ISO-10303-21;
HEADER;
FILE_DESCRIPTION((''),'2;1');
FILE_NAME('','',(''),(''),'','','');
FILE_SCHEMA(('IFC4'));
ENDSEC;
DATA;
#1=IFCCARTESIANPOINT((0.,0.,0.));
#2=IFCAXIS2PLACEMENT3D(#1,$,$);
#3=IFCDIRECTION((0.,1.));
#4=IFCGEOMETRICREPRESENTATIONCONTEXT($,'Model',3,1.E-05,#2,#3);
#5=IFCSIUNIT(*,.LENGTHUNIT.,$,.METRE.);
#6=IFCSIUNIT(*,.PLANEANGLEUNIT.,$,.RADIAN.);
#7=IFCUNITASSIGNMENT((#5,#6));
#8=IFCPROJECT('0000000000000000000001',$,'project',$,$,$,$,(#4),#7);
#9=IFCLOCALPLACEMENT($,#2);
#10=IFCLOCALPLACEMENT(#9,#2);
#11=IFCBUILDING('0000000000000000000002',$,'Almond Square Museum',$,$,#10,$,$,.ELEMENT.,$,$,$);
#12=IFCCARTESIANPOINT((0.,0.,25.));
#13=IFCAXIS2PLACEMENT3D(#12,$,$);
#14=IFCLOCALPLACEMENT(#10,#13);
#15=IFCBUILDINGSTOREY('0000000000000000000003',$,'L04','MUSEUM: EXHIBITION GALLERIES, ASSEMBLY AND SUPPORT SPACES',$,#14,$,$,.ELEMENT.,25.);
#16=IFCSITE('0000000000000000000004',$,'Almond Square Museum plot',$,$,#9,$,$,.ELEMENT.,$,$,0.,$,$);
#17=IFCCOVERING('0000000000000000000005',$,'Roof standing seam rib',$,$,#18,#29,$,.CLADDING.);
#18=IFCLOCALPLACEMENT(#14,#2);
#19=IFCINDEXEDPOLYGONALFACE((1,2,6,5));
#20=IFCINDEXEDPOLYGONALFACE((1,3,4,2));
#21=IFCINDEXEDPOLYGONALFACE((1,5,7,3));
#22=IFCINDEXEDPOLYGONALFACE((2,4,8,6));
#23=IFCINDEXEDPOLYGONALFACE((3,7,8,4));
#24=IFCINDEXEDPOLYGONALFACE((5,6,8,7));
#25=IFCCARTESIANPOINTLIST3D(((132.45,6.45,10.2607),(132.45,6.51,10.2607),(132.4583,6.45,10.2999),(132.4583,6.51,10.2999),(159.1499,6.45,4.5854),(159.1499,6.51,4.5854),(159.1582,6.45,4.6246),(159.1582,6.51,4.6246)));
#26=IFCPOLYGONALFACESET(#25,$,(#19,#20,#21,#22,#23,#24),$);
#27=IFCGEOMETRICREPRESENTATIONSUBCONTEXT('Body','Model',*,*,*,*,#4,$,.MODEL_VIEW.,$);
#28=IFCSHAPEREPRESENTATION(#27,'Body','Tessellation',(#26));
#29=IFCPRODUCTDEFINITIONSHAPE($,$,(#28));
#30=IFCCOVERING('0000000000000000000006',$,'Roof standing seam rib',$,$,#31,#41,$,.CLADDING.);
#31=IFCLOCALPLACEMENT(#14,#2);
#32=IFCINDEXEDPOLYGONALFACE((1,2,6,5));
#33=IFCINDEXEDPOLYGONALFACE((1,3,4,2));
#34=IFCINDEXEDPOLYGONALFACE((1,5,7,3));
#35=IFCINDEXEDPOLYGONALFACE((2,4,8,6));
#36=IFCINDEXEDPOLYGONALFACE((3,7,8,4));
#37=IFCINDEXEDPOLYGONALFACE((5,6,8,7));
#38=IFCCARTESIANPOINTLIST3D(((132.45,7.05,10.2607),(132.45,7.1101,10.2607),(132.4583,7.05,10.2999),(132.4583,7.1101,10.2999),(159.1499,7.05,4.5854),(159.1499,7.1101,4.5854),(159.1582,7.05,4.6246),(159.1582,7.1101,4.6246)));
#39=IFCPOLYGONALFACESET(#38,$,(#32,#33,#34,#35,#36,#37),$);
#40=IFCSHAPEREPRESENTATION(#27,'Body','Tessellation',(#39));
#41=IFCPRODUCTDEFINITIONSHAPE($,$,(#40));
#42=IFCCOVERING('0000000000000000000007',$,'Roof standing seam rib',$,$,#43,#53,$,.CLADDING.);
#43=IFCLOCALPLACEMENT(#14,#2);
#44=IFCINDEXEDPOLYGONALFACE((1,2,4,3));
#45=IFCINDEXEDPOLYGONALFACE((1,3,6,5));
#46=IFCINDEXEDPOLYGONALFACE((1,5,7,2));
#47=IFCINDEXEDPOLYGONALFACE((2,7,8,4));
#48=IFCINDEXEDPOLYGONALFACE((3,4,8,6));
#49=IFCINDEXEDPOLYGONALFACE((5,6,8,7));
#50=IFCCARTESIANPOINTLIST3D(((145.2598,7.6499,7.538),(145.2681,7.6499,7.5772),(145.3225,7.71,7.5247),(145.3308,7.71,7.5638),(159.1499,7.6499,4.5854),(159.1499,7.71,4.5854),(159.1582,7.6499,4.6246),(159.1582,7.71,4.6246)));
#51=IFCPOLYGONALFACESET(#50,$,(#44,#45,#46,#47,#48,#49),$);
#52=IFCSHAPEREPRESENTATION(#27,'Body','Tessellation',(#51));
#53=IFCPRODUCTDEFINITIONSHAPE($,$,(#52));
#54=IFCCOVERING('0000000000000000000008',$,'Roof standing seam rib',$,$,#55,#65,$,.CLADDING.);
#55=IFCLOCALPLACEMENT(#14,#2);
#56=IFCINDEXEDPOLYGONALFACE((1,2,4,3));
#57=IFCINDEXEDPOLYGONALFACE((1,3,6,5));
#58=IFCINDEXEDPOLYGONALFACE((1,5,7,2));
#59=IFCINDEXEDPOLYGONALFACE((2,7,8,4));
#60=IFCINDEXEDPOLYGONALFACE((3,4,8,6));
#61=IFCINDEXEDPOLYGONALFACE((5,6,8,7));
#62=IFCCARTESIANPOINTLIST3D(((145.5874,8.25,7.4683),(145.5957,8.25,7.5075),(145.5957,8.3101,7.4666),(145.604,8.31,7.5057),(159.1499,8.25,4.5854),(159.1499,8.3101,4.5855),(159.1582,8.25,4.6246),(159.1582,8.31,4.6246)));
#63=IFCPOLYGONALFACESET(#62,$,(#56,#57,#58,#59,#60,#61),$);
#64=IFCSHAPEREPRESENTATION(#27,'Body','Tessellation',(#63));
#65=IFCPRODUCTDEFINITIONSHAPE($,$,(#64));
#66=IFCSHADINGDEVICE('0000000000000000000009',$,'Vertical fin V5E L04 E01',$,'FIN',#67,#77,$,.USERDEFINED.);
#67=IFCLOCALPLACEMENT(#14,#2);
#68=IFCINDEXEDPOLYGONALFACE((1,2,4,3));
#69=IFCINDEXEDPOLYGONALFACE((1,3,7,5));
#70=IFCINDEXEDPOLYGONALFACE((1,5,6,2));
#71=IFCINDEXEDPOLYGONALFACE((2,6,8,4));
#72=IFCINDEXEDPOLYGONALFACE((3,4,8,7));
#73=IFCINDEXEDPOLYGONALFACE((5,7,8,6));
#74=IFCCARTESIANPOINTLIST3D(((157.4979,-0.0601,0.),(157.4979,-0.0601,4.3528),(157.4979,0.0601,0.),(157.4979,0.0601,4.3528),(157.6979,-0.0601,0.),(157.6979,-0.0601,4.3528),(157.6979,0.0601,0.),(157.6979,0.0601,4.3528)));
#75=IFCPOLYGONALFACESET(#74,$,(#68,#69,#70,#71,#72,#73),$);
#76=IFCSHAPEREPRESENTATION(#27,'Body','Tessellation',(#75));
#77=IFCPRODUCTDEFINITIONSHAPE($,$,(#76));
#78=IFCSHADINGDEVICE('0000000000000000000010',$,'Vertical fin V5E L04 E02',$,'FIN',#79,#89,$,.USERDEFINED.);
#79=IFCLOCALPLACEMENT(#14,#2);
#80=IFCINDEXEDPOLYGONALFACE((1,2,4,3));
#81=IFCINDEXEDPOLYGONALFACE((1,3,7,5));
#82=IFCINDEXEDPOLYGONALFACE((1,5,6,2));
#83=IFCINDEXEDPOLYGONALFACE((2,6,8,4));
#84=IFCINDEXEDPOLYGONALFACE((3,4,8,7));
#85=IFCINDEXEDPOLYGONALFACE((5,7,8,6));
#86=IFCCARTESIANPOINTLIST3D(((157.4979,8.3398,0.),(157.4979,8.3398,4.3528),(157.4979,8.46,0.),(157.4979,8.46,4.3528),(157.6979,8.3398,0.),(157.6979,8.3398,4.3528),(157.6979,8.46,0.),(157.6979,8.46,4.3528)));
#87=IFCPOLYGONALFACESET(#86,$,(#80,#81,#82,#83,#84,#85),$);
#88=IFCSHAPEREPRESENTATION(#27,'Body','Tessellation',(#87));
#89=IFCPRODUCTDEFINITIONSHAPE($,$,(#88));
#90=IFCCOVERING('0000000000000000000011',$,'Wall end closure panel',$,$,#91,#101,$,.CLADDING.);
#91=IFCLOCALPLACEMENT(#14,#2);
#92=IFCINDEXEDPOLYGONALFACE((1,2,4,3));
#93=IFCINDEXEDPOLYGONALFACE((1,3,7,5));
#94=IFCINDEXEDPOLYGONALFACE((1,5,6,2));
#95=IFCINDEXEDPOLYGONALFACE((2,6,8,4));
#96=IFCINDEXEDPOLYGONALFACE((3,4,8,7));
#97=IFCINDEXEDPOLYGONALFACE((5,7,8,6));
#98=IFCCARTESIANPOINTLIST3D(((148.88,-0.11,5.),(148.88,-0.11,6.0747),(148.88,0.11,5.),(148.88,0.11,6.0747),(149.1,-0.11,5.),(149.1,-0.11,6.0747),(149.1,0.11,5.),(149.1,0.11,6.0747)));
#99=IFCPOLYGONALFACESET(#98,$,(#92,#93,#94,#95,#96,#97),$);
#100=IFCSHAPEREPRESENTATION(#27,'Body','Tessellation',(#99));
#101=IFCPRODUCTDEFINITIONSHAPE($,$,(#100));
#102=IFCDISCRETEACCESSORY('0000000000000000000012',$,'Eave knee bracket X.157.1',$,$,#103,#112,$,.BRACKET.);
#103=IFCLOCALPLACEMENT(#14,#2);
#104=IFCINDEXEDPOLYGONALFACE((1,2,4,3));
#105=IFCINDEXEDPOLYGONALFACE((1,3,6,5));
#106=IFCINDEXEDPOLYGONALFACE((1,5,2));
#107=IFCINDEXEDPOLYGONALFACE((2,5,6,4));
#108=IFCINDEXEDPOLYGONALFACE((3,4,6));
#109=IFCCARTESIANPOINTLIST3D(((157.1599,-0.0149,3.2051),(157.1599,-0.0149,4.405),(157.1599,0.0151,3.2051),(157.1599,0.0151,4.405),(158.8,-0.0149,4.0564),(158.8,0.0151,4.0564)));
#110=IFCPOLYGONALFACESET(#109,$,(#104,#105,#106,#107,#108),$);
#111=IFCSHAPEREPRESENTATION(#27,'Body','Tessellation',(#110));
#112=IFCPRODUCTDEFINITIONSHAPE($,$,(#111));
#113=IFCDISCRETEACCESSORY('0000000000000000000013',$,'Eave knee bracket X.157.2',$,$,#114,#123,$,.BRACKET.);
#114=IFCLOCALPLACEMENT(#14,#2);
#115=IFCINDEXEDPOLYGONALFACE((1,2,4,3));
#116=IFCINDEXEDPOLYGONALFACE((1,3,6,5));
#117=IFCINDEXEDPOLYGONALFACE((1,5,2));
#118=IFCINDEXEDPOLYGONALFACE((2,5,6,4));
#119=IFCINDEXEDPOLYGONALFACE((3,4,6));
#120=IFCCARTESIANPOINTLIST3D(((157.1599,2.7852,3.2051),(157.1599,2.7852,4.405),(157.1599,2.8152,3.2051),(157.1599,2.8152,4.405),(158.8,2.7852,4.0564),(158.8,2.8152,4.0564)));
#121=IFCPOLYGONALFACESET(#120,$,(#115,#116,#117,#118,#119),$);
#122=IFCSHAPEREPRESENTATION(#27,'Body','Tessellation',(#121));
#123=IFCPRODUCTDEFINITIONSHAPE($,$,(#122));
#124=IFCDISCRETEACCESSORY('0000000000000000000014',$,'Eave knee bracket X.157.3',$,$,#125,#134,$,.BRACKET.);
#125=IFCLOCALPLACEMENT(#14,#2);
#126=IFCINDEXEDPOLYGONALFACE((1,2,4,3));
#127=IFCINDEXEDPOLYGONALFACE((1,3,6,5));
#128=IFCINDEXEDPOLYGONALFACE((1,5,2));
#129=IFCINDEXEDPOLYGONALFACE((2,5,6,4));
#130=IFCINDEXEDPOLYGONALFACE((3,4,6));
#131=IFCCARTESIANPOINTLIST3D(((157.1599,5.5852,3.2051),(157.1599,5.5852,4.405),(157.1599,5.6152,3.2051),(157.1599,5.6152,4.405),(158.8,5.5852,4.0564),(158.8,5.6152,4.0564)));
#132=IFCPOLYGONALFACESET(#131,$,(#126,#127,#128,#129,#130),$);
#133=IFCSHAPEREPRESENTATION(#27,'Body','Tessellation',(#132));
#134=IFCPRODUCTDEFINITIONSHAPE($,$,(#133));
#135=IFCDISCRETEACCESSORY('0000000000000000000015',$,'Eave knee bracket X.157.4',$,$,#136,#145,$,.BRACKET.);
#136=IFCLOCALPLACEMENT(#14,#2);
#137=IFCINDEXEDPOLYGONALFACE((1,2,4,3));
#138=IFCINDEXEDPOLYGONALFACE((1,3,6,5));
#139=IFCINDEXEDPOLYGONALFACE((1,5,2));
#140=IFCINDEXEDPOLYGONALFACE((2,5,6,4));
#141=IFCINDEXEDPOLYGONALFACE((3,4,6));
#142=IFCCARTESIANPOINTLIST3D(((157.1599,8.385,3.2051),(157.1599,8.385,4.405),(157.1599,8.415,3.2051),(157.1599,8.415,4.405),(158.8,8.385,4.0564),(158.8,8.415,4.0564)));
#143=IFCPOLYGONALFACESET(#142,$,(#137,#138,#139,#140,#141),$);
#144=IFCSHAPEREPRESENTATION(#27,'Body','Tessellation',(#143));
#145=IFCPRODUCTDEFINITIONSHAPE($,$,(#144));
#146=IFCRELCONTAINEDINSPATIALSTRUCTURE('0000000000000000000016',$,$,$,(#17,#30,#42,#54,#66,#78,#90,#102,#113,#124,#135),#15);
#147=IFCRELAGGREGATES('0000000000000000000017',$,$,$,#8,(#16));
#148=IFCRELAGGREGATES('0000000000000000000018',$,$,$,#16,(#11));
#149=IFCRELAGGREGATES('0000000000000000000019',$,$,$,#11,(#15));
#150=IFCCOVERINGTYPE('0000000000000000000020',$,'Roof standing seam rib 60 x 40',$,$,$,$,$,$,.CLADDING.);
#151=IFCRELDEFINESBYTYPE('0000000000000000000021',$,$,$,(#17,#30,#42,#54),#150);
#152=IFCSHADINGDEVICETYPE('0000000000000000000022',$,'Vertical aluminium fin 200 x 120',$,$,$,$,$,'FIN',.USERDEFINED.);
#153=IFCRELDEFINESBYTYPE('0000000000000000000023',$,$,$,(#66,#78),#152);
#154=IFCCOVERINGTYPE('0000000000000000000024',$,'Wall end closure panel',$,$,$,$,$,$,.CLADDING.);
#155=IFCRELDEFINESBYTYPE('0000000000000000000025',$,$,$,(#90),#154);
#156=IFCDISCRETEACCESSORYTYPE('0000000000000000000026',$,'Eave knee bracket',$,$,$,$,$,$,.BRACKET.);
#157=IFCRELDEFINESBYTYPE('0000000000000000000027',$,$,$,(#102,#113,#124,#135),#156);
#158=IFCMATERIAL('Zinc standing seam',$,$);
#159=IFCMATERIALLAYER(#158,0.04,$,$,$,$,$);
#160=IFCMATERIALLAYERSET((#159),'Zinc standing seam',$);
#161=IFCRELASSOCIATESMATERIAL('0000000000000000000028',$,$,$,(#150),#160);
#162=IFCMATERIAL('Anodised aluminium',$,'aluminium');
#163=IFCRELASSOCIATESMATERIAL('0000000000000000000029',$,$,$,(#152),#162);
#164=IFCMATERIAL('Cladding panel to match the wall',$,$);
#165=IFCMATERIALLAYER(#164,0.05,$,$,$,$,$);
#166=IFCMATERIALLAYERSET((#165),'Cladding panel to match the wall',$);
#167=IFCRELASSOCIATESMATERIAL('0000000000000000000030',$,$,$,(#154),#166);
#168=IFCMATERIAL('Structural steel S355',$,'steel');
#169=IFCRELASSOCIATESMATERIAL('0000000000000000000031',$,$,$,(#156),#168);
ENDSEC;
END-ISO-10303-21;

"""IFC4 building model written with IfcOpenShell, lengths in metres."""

from ifc_helpers import new_model, si_unit, direction, frame, origin, origin_2d, place, context, subcontext, project, spatial, polyline, rectangle, outline, extrude, material, layer, layer_set, material_profile, profile_set, type_object, element, save


model = new_model("IFC4")

# Units and contexts
model_context = context("Model", 3, precision=1e-05, world=origin(), true_north=direction((0.0, 1.0)))
body_context = subcontext(model_context, "Body", "Model", "MODEL_VIEW")
ifc_project = project(units=[si_unit("LENGTHUNIT", "METRE"), si_unit("PLANEANGLEUNIT", "RADIAN")], contexts=[model_context])

# Site, building, storey
site_placement = place(None, origin())
site = spatial("IfcSite", under=ifc_project, at=site_placement, Name="Almond Square Museum plot", CompositionType="ELEMENT", RefElevation=0.0)
building_placement = place(site_placement, origin())
building = spatial("IfcBuilding", under=site, at=building_placement, Name="Almond Square Museum", CompositionType="ELEMENT")
storey_placement = place(building_placement, frame((0.0, 0.0, 25.0)))
storey = spatial("IfcBuildingStorey", under=building, at=storey_placement, Name="L04", Description="MUSEUM: EXHIBITION GALLERIES, ASSEMBLY AND SUPPORT SPACES", CompositionType="ELEMENT", Elevation=25.0)

# Coverings
ifc_material_1 = material(Name="Zinc standing seam")
ifc_layer_1 = layer(ifc_material_1, 0.04)
ifc_layer_set_1 = layer_set([ifc_layer_1], Name="Zinc standing seam")
covering_type_1 = type_object("IfcCoveringType", Name="Roof standing seam rib 60 x 40", PredefinedType="CLADDING", material=ifc_layer_set_1)
for number, where, z_axis, x_axis, name in (
    (1, (159.1499, 6.51, 4.5854), (0.207913, 0.0, 0.978147), (-0.978147, 0.0, 0.207913), "Roof standing seam rib"),
    (2, (159.1499, 7.1101, 4.5854), (0.207913, 0.0, 0.978147), (-0.978147, 0.0, 0.207913), "Roof standing seam rib"),
):
    element("IfcCovering", number, at=place(storey_placement, frame(where, z_axis=z_axis, x_axis=x_axis)), inside=storey, type_object=covering_type_1, Name=name, PredefinedType="CLADDING", context=body_context, shape_type="SweptSolid", body=[
        extrude(outline(polyline([(0.0, 0.0), (27.2965, 0.0), (27.2965, 0.0601), (0.0, 0.0601), (0.0, 0.0)])), origin(), (0.0, 0.0, 1.0), 0.04),
    ])
covering_1_placement = place(storey_placement, frame((159.1499, 7.6499, 4.5854), z_axis=(0.207922, 0.000736, 0.978145), x_axis=(-0.000153, 1.0, -0.00072)))
element("IfcCovering", 3, at=covering_1_placement, inside=storey, type_object=covering_type_1, Name="Roof standing seam rib", PredefinedType="CLADDING", context=body_context, shape_type="SweptSolid", body=[
    extrude(outline(polyline([(0.0, 0.0), (0.0601, 0.0), (0.0601, 14.1363), (0.0, 14.2005), (0.0, 0.0)])), origin(), (0.0, 0.0, 1.0), 0.04),
])
covering_2_placement = place(storey_placement, frame((159.1499, 8.25, 4.5854), z_axis=(0.207915, -0.000451, 0.978147), x_axis=(0.000094, 1.0, 0.000441)))
element("IfcCovering", 4, at=covering_2_placement, inside=storey, type_object=covering_type_1, Name="Roof standing seam rib", PredefinedType="CLADDING", context=body_context, shape_type="SweptSolid", body=[
    extrude(outline(polyline([(0.0, 0.0), (0.0601, 0.0), (0.0601, 13.857), (0.0, 13.8655), (0.0, 0.0)])), origin(), (0.0, 0.0, 1.0), 0.04),
])

# Shading devices
ifc_material_2 = material(Name="Anodised aluminium", Category="aluminium")
ifc_material_profile_1 = material_profile(ifc_material_2, rectangle(XDim=0.2, YDim=0.1201, at=origin_2d()))
ifc_profile_set_1 = profile_set([ifc_material_profile_1], Name="Anodised aluminium")
shading_device_type = type_object("IfcShadingDeviceType", Name="Vertical aluminium fin 200 x 120", ElementType="FIN", PredefinedType="USERDEFINED", material=ifc_profile_set_1)
for number, where, z_axis, x_axis, name in (
    (5, (157.5979, 0.0, 0.0), (0.0, 0.0, 1.0), (1.0, 0.0, 0.0), "Vertical fin V5E L04 E01"),
    (6, (157.5979, 8.3999, 0.0), (0.0, 0.0, 1.0), (1.0, 0.0, 0.0), "Vertical fin V5E L04 E02"),
):
    element("IfcShadingDevice", number, at=place(storey_placement, frame(where, z_axis=z_axis, x_axis=x_axis)), inside=storey, type_object=shading_device_type, Name=name, ObjectType="FIN", PredefinedType="USERDEFINED", context=body_context, shape_type="SweptSolid", body=[
        extrude(rectangle(XDim=0.2, YDim=0.1201, at=origin_2d()), origin(), (0.0, 0.0, 1.0), 4.3528),
    ])

# Covering
ifc_material_3 = material(Name="Cladding panel to match the wall")
ifc_layer_2 = layer(ifc_material_3, 0.05)
ifc_layer_set_2 = layer_set([ifc_layer_2], Name="Cladding panel to match the wall")
covering_type_2 = type_object("IfcCoveringType", Name="Wall end closure panel", PredefinedType="CLADDING", material=ifc_layer_set_2)
covering_3_placement = place(storey_placement, frame((148.99, 0.0, 5.0), z_axis=(0.0, 0.0, 1.0), x_axis=(1.0, 0.0, 0.0)))
element("IfcCovering", 7, at=covering_3_placement, inside=storey, type_object=covering_type_2, Name="Wall end closure panel", PredefinedType="CLADDING", context=body_context, shape_type="SweptSolid", body=[
    extrude(rectangle(XDim=0.22, YDim=0.22, at=origin_2d()), origin(), (0.0, 0.0, 1.0), 1.0747),
])

# Discrete accessories
ifc_material_4 = material(Name="Structural steel S355", Category="steel")
discrete_accessory_type = type_object("IfcDiscreteAccessoryType", Name="Eave knee bracket", PredefinedType="BRACKET", material=ifc_material_4)
for number, where, z_axis, x_axis, name in (
    (8, (157.1599, 0.0, 4.405), (0.0, -1.0, 0.0), (0.0, 0.0, -1.0), "Eave knee bracket X.157.1"),
    (9, (157.1599, 2.8, 4.405), (0.0, -1.0, 0.0), (0.0, 0.0, -1.0), "Eave knee bracket X.157.2"),
    (10, (157.1599, 5.6001, 4.405), (0.0, -1.0, 0.0), (0.0, 0.0, -1.0), "Eave knee bracket X.157.3"),
    (11, (157.1599, 8.3999, 4.405), (0.0, -1.0, 0.0), (0.0, 0.0, -1.0), "Eave knee bracket X.157.4"),
):
    element("IfcDiscreteAccessory", number, at=place(storey_placement, frame(where, z_axis=z_axis, x_axis=x_axis)), inside=storey, type_object=discrete_accessory_type, Name=name, PredefinedType="BRACKET", context=body_context, shape_type="SweptSolid", body=[
        extrude(outline(polyline([(0.0, 0.0), (1.2, 0.0), (0.3486, 1.6401), (0.0, 0.0)])), frame((0.0, 0.0, -0.0151)), (0.0, 0.0, 1.0), 0.03),
    ])

save(model, "model.ifc")
